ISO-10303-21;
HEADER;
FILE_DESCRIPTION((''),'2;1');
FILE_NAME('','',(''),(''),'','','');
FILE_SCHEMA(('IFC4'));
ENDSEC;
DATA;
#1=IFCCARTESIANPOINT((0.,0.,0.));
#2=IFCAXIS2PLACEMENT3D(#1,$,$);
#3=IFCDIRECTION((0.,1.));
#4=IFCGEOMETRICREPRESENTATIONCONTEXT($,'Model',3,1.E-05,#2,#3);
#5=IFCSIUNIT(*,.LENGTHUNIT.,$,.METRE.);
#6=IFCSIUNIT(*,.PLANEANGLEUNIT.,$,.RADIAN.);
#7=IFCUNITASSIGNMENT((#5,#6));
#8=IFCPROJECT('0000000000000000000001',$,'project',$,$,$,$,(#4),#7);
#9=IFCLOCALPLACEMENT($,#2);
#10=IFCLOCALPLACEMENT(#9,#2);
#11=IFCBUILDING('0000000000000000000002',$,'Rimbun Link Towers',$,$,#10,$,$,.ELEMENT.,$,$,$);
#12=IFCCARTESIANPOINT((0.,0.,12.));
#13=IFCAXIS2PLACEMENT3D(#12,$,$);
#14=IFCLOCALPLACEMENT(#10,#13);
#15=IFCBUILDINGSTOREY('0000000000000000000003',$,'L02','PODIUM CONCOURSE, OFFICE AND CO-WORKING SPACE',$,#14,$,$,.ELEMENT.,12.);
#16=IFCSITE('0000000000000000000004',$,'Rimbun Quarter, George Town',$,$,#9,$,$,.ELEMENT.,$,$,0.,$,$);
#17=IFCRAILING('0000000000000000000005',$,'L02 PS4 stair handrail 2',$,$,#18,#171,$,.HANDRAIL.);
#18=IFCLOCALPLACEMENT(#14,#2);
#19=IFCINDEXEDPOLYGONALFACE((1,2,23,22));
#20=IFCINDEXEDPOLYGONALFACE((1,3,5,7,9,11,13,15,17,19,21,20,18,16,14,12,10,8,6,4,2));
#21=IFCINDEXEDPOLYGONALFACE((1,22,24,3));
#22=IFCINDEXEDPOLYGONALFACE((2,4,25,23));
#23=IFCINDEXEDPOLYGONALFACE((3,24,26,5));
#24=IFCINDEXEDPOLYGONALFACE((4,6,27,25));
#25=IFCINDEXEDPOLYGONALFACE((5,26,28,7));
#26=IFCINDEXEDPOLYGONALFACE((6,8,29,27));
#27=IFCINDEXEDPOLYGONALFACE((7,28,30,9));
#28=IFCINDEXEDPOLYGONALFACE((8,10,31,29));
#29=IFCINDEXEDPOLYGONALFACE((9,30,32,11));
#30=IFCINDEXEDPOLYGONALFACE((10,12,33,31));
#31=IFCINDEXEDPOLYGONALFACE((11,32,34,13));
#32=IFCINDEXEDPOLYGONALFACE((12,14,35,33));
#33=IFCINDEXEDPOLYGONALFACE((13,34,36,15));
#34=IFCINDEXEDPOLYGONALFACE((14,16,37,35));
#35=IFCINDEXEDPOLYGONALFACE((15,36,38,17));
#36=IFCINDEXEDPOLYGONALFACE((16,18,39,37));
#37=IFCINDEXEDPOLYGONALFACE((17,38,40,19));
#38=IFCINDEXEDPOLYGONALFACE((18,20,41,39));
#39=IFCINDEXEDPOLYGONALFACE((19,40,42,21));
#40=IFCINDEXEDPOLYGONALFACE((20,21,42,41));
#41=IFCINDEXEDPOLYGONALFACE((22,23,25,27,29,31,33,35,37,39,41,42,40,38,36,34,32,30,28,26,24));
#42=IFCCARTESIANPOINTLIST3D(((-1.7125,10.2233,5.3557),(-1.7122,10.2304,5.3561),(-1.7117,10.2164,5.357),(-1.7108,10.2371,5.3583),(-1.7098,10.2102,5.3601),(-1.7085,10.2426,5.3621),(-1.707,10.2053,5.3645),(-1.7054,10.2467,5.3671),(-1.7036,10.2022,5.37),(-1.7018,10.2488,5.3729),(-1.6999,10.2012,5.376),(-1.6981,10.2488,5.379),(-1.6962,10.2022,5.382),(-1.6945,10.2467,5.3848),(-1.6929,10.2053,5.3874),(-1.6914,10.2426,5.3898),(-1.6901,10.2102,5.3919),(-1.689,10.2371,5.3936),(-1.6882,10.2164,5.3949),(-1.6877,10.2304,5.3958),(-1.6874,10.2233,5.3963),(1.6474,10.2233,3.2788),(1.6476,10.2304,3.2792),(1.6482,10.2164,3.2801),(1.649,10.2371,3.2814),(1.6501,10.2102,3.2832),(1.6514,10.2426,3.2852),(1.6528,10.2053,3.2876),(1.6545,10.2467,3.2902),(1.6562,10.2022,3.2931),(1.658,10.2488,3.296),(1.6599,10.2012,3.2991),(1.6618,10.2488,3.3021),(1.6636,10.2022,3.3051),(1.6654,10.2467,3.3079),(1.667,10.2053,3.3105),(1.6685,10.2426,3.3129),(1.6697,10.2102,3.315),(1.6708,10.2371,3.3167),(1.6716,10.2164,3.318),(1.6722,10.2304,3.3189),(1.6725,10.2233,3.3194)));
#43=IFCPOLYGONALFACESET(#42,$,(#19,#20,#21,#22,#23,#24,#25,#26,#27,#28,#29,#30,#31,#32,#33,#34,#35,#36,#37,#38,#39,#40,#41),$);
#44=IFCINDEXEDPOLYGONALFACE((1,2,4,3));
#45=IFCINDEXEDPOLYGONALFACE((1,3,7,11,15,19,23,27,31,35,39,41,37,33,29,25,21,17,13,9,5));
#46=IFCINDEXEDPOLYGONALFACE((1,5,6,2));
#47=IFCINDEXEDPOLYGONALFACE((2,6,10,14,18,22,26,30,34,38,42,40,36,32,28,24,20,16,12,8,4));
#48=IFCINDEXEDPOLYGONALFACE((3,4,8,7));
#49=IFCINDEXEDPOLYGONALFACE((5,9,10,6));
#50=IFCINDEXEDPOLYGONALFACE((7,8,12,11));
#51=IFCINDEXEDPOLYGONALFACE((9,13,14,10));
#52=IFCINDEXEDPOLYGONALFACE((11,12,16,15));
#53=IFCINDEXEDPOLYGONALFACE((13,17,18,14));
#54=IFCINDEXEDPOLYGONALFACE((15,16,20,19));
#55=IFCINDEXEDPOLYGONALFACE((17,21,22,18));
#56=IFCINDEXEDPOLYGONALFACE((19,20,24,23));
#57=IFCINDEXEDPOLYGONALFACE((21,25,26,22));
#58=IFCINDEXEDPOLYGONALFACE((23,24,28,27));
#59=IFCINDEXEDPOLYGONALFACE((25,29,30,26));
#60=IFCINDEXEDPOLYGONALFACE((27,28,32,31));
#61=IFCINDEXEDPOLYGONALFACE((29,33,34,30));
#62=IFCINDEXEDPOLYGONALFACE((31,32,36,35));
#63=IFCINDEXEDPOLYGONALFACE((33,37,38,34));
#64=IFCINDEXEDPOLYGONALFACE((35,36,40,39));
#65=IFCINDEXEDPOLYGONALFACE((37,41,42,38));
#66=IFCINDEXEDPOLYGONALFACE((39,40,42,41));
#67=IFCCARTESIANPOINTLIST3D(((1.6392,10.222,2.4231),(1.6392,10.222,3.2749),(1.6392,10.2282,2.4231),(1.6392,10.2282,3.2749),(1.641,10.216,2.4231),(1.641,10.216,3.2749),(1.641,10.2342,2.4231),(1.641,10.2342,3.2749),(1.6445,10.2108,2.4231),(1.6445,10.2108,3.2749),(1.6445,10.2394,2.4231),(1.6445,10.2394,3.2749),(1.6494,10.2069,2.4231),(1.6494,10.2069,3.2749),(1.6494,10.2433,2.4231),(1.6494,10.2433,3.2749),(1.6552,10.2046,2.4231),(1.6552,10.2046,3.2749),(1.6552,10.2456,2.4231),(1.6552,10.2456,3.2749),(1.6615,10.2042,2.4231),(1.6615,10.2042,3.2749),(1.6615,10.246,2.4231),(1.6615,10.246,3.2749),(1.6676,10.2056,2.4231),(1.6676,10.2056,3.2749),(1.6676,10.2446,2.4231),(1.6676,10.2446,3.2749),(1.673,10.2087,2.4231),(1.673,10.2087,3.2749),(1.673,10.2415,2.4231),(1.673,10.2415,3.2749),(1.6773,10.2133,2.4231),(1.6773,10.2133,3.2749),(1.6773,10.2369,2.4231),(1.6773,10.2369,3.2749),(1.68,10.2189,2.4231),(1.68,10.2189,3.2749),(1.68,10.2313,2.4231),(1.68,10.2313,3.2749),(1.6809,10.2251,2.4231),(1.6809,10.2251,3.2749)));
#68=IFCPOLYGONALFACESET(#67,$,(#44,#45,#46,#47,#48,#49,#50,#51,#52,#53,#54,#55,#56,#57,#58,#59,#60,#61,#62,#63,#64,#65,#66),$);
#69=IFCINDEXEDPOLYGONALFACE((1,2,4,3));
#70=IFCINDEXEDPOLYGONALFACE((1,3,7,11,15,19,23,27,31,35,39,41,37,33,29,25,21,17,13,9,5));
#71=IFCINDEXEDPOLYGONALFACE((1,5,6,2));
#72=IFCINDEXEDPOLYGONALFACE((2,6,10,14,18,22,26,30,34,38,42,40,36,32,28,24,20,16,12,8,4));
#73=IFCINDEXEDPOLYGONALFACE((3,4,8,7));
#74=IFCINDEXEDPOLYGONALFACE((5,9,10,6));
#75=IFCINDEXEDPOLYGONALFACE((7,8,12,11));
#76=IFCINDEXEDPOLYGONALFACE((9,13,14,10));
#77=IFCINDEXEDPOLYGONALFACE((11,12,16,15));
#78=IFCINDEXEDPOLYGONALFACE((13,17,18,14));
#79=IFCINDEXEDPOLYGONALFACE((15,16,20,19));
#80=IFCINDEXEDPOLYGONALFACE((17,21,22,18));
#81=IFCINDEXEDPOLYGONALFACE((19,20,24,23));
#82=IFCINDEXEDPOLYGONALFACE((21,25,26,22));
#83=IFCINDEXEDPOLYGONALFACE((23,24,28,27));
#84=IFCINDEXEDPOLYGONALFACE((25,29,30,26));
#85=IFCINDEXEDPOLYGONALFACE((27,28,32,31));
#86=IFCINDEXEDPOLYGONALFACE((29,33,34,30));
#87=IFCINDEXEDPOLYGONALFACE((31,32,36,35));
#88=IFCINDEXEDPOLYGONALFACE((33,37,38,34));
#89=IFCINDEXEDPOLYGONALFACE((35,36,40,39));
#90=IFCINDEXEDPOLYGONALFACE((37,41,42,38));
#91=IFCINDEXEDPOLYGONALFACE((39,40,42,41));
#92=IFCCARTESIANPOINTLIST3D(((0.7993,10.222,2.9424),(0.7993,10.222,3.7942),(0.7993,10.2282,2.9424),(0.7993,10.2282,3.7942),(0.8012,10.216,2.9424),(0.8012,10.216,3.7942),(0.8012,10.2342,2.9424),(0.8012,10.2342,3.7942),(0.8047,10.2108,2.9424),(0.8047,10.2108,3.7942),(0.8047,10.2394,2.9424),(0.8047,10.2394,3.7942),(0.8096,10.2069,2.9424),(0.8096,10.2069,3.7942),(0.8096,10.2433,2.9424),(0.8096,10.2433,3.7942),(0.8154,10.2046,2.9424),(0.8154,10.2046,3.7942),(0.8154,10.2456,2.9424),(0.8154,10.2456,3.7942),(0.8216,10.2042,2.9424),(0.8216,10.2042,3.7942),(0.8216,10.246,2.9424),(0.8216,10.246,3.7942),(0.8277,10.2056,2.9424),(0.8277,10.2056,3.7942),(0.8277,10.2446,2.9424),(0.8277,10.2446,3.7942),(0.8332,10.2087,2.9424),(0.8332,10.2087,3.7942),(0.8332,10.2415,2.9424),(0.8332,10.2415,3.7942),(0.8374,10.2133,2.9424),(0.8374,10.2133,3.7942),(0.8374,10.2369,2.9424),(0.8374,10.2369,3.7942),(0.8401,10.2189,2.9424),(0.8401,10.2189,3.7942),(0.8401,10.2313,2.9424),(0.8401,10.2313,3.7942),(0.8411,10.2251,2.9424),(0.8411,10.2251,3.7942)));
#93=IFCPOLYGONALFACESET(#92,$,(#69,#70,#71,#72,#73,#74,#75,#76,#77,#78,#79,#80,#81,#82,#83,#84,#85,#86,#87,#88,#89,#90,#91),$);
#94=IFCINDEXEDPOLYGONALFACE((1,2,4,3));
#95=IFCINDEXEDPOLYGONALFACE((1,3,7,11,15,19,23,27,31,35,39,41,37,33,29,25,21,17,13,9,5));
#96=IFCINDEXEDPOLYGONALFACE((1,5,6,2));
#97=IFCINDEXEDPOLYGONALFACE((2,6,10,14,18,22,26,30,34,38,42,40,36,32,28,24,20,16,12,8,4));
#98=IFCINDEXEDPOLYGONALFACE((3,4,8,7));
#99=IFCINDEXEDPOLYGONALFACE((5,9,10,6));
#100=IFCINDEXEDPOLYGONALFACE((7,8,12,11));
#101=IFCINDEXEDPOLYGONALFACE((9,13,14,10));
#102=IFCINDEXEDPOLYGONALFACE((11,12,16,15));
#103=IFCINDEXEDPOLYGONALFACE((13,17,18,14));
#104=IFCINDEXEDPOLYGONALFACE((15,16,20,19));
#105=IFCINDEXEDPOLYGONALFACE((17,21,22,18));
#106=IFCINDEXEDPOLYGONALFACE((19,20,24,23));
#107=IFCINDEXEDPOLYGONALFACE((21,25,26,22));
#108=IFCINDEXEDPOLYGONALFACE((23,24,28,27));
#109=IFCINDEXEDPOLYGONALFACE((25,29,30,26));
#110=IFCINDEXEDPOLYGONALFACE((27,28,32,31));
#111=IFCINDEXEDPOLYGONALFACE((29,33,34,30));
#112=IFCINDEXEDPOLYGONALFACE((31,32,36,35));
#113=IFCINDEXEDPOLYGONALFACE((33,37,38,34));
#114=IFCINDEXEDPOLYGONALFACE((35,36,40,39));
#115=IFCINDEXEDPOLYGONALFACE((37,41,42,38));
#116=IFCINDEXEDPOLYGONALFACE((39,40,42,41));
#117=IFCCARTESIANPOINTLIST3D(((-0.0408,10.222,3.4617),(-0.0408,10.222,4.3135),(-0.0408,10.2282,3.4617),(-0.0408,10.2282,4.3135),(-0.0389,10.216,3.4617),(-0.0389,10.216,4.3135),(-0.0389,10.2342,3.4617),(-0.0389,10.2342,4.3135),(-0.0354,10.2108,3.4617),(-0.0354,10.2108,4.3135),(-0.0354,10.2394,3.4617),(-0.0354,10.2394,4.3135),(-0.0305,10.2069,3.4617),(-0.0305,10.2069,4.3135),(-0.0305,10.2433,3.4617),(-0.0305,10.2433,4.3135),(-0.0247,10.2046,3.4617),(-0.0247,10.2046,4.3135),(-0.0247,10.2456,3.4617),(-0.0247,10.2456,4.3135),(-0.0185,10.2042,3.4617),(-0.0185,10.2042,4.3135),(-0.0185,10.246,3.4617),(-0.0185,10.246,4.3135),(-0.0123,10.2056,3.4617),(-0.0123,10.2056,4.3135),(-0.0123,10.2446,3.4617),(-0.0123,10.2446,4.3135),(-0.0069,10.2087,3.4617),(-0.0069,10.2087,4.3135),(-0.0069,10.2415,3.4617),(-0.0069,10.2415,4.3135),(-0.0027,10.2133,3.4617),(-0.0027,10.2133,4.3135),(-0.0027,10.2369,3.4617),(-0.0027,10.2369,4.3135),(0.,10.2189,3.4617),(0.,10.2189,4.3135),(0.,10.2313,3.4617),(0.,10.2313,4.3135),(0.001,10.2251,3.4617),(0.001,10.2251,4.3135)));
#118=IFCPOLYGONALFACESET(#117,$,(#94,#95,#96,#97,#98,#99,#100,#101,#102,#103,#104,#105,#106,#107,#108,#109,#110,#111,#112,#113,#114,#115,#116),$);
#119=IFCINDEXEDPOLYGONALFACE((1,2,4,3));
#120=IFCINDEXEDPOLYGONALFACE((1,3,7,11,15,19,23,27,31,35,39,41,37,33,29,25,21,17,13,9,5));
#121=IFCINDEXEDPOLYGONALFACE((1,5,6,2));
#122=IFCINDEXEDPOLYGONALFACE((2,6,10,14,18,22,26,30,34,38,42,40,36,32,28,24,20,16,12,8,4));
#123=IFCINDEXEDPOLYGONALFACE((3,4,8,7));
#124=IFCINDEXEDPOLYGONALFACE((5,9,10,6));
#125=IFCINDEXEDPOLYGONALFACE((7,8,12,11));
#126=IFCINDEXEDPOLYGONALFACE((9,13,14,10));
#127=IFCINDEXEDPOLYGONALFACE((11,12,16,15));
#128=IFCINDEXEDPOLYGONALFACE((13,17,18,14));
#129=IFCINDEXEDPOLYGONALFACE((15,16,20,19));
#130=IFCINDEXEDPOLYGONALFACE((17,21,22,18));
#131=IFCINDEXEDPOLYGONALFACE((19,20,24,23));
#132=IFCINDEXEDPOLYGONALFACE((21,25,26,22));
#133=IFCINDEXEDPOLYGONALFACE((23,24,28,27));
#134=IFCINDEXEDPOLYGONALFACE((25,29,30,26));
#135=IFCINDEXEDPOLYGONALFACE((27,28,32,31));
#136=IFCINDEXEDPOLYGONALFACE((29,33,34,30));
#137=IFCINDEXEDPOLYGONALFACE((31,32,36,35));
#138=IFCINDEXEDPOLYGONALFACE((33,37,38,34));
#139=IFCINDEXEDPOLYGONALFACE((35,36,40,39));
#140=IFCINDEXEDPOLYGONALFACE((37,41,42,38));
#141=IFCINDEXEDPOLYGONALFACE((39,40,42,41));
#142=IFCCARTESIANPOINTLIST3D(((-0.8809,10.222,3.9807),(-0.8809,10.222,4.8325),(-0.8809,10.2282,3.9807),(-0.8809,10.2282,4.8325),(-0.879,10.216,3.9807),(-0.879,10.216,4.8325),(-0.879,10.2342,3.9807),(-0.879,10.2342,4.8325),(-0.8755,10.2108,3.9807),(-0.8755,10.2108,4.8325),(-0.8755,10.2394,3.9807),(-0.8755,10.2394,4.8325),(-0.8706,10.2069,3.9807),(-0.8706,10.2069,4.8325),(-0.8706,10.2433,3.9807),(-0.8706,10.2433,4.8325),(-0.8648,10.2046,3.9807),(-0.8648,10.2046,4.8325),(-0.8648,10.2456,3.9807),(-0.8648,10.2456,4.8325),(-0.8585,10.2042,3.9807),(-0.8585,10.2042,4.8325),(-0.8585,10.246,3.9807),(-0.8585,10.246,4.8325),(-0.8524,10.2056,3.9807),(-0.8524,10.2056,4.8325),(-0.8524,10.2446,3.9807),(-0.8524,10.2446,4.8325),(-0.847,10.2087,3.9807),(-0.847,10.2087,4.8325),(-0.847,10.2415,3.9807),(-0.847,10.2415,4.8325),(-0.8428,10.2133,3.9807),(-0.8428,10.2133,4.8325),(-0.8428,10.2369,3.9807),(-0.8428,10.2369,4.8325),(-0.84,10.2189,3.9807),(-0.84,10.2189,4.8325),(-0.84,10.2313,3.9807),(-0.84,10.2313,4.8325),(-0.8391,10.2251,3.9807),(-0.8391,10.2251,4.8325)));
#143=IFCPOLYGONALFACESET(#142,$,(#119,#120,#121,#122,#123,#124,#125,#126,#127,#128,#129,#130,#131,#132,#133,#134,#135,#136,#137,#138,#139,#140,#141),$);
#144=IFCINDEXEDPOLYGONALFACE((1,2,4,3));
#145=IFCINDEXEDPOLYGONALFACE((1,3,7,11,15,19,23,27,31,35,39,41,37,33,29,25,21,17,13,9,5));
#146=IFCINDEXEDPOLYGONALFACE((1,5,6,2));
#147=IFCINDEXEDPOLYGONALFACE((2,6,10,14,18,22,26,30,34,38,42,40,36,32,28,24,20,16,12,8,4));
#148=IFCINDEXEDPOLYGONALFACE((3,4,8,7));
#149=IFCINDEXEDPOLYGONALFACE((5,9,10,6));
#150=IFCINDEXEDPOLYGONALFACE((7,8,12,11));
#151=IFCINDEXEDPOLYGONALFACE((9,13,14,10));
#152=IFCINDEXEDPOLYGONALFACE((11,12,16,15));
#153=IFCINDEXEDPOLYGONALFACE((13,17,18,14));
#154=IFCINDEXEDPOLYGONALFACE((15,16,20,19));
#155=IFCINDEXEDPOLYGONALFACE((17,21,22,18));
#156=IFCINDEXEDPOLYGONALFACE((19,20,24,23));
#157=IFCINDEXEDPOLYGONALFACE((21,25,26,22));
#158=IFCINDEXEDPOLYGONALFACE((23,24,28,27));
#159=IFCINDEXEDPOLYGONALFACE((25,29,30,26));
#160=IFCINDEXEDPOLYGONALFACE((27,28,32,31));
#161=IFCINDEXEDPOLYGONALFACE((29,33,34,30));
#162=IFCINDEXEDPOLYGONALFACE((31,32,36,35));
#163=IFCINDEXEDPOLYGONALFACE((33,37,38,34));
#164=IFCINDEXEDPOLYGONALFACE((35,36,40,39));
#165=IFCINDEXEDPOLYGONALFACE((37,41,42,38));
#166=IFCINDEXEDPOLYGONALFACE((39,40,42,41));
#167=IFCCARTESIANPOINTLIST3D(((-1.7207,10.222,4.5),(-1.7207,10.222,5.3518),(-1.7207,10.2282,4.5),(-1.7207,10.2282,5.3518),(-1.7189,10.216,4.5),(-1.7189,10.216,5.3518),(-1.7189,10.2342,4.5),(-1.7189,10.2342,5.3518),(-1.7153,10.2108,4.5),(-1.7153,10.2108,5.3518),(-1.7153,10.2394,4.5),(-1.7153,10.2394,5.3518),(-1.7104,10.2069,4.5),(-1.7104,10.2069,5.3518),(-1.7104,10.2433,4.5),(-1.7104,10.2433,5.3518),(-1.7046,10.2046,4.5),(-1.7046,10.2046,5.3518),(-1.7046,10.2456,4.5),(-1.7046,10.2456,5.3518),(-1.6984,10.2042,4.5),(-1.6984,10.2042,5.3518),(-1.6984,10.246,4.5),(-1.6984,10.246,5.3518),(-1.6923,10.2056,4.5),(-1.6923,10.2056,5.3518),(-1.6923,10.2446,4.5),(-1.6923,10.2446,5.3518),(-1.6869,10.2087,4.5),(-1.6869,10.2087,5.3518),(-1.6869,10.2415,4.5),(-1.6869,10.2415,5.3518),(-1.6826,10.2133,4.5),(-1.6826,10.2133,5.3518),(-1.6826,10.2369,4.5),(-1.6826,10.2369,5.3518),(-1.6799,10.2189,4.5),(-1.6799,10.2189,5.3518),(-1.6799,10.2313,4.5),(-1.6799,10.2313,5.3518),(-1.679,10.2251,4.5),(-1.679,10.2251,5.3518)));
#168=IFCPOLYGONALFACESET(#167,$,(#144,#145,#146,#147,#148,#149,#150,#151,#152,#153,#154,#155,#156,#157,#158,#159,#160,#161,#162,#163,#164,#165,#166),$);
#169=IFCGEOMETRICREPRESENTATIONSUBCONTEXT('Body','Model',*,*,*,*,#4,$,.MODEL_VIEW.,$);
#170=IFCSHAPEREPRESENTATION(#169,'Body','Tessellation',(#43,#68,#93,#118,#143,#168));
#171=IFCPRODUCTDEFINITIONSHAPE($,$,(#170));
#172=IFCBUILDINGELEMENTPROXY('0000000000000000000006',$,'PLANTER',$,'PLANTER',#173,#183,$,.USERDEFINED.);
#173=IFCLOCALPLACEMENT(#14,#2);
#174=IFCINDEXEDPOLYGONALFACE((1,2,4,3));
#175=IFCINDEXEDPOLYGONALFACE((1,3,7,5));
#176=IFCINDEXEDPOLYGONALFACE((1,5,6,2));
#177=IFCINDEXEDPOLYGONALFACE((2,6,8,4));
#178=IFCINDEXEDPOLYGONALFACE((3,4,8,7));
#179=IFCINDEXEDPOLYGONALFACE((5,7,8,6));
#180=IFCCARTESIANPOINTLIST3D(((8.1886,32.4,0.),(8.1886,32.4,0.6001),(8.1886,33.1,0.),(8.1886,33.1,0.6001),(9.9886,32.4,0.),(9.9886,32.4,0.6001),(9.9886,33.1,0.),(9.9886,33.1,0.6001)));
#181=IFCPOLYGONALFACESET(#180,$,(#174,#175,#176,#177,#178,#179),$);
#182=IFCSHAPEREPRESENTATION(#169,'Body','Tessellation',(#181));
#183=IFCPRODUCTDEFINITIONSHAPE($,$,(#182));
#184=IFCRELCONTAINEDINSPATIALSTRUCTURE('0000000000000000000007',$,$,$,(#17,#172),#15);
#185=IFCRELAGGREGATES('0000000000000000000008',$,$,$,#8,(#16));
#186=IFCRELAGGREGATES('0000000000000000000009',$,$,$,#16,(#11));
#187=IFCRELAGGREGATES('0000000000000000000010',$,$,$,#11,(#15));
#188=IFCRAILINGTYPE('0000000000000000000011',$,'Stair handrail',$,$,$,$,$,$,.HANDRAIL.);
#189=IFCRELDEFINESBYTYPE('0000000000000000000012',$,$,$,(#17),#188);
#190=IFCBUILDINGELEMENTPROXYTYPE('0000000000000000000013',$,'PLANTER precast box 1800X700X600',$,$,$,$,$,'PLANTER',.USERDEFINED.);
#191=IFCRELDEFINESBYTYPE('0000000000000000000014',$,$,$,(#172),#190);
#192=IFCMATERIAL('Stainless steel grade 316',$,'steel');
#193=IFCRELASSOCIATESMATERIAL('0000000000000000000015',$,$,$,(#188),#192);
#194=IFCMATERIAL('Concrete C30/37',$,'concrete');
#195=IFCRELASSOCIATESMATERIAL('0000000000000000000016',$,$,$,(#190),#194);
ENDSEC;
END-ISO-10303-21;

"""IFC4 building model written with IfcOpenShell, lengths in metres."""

from ifc_helpers import new_model, si_unit, direction, frame, origin, origin_2d, place, context, subcontext, project, spatial, rectangle, circle, extrude, material, type_object, element, save


model = new_model("IFC4")

# Units and contexts
model_context = context("Model", 3, precision=1e-05, world=origin(), true_north=direction((0.0, 1.0)))
body_context = subcontext(model_context, "Body", "Model", "MODEL_VIEW")
ifc_project = project(units=[si_unit("LENGTHUNIT", "METRE"), si_unit("PLANEANGLEUNIT", "RADIAN")], contexts=[model_context])

# Site, building, storey
site_placement = place(None, origin())
site = spatial("IfcSite", under=ifc_project, at=site_placement, Name="Rimbun Quarter, George Town", CompositionType="ELEMENT", RefElevation=0.0)
building_placement = place(site_placement, origin())
building = spatial("IfcBuilding", under=site, at=building_placement, Name="Rimbun Link Towers", CompositionType="ELEMENT")
storey_placement = place(building_placement, frame((0.0, 0.0, 12.0)))
storey = spatial("IfcBuildingStorey", under=building, at=storey_placement, Name="L02", Description="PODIUM CONCOURSE, OFFICE AND CO-WORKING SPACE", CompositionType="ELEMENT", Elevation=12.0)

# Railing
ifc_material_1 = material(Name="Stainless steel grade 316", Category="steel")
railing_type_1 = type_object("IfcRailingType", Name="Stair handrail", PredefinedType="HANDRAIL", material=ifc_material_1)
railing_1_placement = place(storey_placement, frame((1.6599, 10.2251, 2.4231)))
element("IfcRailing", 1, at=railing_1_placement, inside=storey, type_object=railing_type_1, Name="L02 PS4 stair handrail 2", PredefinedType="HANDRAIL", context=body_context, shape_type="SweptSolid", body=[
    extrude(circle(Radius=0.0239, at=origin_2d()), frame((0.0, 0.0, 0.876), z_axis=(-0.850606, 0.0, 0.525803), x_axis=(0.0, -1.0, 0.0)), (0.0, 0.0, 1.0), 3.95),
    extrude(circle(Radius=0.021, at=origin_2d()), origin(), (0.0, 0.0, 1.0), 0.8518),
    extrude(circle(Radius=0.021, at=origin_2d()), frame((-0.8398, 0.0, 0.5193)), (0.0, 0.0, 1.0), 0.8518),
    extrude(circle(Radius=0.021, at=origin_2d()), frame((-1.6799, 0.0, 1.0386)), (0.0, 0.0, 1.0), 0.8518),
    extrude(circle(Radius=0.021, at=origin_2d()), frame((-2.52, 0.0, 1.5576)), (0.0, 0.0, 1.0), 0.8518),
    extrude(circle(Radius=0.021, at=origin_2d()), frame((-3.3599, 0.0, 2.0769)), (0.0, 0.0, 1.0), 0.8518),
])

# Building element proxy
ifc_material_2 = material(Name="Concrete C30/37", Category="concrete")
building_element_proxy_type = type_object("IfcBuildingElementProxyType", Name="PLANTER precast box 1800X700X600", ElementType="PLANTER", PredefinedType="USERDEFINED", material=ifc_material_2)
proxy_placement = place(storey_placement, frame((9.0886, 32.75, 0.0), z_axis=(0.0, 0.0, 1.0), x_axis=(-1.0, 0.0, 0.0)))
element("IfcBuildingElementProxy", 2, at=proxy_placement, inside=storey, type_object=building_element_proxy_type, Name="PLANTER", ObjectType="PLANTER", PredefinedType="USERDEFINED", context=body_context, shape_type="SweptSolid", body=[
    extrude(rectangle(XDim=1.8, YDim=0.7, at=origin_2d()), origin(), (0.0, 0.0, 1.0), 0.6001),
])

save(model, "model.ifc")
